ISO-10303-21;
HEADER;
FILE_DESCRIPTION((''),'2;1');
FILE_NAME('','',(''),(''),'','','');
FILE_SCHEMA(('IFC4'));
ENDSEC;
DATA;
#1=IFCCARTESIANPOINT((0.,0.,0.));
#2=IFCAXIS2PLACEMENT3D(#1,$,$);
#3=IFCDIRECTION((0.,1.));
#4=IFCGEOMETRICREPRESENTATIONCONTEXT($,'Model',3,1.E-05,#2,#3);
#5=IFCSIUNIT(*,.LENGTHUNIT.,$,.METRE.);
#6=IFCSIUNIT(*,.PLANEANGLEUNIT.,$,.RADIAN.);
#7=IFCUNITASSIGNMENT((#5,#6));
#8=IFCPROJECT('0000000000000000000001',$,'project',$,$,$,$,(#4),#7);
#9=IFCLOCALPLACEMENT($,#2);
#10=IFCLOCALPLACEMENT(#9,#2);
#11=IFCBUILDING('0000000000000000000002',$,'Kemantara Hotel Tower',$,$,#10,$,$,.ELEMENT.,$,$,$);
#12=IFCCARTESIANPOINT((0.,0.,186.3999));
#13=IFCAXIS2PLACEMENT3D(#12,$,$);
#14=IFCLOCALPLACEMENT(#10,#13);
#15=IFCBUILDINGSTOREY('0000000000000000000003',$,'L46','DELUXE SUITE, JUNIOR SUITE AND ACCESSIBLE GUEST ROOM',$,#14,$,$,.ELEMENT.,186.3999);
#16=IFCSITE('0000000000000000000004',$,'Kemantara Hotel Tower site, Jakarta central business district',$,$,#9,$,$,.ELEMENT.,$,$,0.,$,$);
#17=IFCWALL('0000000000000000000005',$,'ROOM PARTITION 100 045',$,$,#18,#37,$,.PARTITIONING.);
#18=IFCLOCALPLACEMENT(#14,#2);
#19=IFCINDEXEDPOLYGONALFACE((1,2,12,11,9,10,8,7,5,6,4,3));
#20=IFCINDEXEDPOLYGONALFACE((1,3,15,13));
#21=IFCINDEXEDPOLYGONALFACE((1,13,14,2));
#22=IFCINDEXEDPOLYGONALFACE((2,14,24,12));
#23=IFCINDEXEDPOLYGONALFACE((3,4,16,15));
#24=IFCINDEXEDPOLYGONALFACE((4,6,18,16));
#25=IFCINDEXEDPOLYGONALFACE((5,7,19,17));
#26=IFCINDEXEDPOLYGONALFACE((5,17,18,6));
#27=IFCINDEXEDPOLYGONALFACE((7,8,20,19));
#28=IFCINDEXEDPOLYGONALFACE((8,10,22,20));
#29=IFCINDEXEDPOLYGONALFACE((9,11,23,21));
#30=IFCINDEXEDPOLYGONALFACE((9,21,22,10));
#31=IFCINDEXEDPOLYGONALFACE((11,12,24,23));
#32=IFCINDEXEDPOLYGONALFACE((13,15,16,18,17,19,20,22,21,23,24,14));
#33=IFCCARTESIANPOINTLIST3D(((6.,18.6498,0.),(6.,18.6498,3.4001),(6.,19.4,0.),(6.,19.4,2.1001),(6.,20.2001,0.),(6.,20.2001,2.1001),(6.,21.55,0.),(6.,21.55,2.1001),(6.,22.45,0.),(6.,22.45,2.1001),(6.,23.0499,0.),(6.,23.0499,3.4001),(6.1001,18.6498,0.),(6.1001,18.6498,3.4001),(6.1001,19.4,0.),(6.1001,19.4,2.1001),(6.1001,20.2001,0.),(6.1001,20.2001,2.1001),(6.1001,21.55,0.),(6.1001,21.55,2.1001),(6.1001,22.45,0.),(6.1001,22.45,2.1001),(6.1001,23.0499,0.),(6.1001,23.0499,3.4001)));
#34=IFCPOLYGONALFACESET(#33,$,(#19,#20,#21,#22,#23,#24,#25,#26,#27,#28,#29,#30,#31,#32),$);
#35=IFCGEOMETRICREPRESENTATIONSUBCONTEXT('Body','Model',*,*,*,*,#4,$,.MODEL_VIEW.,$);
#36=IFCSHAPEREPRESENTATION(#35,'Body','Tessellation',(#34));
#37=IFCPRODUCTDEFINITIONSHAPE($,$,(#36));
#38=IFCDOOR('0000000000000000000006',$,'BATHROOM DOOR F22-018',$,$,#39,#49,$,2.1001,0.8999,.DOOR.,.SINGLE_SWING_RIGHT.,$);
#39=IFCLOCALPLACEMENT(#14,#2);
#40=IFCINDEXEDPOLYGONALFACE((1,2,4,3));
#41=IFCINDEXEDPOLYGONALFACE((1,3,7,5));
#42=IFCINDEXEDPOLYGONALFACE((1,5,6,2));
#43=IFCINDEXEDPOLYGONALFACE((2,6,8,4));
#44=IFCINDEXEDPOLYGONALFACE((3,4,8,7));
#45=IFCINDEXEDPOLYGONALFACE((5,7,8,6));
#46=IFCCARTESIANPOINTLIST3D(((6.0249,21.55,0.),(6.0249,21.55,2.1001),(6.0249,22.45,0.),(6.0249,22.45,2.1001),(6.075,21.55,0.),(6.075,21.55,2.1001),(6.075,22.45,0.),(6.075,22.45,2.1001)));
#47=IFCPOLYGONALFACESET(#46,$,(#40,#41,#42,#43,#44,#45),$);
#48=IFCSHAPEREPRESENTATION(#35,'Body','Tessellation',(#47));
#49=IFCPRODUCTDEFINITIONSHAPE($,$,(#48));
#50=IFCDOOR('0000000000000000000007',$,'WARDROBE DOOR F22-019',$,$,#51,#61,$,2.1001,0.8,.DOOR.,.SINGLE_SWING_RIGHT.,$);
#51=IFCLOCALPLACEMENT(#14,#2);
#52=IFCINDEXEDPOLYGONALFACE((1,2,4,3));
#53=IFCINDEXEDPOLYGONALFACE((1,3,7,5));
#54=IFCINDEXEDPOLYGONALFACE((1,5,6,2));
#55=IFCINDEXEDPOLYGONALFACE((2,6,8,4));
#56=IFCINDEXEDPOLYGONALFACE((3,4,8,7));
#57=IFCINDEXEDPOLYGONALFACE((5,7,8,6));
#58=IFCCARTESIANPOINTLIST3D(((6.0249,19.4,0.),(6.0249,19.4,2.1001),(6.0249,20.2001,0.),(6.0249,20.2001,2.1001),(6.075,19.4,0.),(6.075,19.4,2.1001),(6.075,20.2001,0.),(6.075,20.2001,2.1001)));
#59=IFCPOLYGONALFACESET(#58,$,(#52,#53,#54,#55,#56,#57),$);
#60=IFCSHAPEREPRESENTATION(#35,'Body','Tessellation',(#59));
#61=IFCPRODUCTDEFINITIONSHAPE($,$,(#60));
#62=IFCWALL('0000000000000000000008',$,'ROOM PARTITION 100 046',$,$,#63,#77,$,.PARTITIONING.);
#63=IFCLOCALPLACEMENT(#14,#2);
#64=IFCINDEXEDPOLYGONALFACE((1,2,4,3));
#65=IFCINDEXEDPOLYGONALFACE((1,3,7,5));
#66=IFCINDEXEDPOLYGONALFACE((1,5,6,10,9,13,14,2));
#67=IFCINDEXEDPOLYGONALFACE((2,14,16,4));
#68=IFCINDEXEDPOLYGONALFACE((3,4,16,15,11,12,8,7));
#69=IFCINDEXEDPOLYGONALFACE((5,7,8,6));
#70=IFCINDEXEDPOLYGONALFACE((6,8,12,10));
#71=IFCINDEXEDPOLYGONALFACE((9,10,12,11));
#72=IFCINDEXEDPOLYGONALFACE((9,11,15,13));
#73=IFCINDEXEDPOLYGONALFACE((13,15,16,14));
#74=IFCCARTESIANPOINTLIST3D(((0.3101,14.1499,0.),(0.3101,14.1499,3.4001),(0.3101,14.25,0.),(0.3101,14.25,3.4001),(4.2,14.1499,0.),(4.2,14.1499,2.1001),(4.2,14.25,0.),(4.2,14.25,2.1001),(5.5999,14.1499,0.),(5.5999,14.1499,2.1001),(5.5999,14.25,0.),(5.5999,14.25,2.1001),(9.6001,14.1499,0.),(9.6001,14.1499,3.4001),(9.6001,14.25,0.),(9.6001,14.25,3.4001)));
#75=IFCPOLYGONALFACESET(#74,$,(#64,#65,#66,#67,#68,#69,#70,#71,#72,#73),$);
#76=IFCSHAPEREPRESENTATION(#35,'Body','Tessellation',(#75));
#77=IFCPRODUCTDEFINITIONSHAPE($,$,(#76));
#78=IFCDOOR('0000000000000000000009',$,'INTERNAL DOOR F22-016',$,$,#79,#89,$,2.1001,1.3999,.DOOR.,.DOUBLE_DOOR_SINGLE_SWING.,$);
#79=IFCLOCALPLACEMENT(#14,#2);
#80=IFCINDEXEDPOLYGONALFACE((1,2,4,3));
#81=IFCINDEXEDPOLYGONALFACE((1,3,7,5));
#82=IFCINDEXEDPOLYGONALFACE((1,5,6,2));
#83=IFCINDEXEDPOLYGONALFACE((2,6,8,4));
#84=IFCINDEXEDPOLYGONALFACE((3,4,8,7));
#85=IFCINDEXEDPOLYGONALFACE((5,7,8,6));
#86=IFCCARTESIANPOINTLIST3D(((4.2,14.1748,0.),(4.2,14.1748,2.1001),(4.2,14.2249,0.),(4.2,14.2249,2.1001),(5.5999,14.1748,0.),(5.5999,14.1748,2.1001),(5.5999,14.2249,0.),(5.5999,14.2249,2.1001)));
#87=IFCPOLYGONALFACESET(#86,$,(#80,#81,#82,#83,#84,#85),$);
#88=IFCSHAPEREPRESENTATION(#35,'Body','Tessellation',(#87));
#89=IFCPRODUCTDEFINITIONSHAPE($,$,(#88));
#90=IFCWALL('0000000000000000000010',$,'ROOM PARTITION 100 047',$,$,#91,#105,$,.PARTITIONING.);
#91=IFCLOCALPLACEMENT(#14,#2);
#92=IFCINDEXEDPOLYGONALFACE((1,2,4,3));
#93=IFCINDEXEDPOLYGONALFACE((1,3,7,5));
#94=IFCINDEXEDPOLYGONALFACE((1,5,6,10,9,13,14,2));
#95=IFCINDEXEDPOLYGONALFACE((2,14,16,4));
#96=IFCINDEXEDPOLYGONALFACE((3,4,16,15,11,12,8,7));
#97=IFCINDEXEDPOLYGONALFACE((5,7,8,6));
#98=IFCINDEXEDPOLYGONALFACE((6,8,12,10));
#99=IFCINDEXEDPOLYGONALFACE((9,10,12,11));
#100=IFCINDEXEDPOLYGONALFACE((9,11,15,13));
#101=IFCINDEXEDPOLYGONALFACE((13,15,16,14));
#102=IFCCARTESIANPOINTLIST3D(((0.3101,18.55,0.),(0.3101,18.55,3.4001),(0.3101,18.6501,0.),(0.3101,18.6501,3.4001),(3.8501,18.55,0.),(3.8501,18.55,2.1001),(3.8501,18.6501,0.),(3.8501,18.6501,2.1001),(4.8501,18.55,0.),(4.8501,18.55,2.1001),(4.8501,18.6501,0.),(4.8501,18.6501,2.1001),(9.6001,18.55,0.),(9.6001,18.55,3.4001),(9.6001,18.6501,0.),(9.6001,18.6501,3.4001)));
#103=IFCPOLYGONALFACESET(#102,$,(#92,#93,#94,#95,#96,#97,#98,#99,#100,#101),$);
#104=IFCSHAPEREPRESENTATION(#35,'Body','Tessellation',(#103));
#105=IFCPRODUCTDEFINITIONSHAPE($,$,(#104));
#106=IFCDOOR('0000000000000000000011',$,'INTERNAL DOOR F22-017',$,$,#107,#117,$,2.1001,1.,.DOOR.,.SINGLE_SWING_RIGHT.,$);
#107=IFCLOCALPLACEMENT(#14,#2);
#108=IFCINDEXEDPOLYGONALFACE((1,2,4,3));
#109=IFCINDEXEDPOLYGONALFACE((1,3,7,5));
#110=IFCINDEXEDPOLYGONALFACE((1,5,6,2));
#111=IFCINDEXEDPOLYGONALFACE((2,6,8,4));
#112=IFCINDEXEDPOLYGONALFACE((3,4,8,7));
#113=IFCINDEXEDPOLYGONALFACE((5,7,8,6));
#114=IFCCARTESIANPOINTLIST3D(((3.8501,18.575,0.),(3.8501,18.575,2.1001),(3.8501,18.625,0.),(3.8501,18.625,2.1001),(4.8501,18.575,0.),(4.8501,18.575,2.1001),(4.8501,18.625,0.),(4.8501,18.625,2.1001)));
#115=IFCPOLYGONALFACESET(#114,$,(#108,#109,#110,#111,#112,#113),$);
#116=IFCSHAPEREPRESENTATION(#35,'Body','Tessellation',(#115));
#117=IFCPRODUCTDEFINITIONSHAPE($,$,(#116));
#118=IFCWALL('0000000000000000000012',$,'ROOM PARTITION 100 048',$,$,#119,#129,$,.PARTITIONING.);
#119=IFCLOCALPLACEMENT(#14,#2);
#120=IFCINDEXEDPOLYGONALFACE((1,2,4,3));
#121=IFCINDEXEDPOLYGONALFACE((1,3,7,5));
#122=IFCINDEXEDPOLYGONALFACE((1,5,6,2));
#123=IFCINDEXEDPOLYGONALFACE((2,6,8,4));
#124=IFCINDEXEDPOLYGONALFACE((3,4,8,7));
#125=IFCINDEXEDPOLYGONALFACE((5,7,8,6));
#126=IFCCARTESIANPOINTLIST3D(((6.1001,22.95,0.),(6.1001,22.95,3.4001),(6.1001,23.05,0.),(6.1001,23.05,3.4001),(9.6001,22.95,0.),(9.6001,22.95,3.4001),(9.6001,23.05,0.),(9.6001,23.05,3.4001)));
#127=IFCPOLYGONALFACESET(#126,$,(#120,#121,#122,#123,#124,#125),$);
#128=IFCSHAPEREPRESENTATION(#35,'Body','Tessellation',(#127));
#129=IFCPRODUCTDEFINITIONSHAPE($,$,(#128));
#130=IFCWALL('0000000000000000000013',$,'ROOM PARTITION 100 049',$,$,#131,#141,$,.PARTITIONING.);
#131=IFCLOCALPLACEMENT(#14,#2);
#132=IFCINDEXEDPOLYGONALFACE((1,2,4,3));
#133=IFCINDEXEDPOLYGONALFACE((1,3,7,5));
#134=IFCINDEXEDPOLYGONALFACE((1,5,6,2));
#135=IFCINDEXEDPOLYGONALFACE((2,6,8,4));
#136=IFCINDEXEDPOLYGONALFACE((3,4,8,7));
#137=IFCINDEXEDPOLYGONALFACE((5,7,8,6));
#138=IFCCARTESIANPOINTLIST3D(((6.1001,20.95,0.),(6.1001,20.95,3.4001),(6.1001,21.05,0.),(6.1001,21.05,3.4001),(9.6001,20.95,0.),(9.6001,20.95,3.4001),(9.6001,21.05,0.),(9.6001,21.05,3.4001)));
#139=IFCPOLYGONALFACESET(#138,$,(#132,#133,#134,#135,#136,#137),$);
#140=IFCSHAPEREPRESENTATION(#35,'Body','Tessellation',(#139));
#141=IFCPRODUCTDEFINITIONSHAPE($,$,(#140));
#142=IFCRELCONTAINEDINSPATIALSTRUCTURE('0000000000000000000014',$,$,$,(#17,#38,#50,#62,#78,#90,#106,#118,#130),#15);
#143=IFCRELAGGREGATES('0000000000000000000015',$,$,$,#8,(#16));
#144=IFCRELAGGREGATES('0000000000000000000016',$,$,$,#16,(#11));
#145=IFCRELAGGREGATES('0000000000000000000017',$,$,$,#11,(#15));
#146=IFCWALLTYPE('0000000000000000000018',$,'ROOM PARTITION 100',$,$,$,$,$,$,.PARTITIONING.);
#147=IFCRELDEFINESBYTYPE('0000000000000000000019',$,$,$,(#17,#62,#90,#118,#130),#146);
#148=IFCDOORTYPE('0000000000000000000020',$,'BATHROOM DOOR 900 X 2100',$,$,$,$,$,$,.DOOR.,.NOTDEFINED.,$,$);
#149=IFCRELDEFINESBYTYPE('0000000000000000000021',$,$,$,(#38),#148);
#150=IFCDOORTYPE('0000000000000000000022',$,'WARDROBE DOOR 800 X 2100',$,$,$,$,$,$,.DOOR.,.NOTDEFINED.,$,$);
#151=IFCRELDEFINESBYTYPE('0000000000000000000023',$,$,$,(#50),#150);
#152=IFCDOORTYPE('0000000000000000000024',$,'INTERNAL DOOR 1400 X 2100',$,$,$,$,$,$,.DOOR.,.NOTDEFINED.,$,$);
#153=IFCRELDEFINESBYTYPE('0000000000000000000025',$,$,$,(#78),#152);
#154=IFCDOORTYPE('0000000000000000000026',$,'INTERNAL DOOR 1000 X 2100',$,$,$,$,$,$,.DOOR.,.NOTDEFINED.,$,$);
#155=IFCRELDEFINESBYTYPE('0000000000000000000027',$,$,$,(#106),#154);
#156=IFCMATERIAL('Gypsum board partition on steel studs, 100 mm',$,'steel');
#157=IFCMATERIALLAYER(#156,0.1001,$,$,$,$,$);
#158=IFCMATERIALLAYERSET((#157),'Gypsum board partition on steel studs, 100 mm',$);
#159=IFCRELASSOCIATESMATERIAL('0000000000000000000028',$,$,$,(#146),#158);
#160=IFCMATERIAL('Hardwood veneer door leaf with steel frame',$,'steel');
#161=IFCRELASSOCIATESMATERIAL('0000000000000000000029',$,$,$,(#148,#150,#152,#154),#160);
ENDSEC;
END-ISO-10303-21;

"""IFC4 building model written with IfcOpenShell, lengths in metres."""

from ifc_helpers import new_model, si_unit, direction, frame, frame_2d, origin, place, context, subcontext, project, spatial, rectangle, extrude, material, layer, layer_set, type_object, element, fill, save


model = new_model("IFC4")

# Units and contexts
model_context = context("Model", 3, precision=1e-05, world=origin(), true_north=direction((0.0, 1.0)))
body_context = subcontext(model_context, "Body", "Model", "MODEL_VIEW")
ifc_project = project(units=[si_unit("LENGTHUNIT", "METRE"), si_unit("PLANEANGLEUNIT", "RADIAN")], contexts=[model_context])

# Site, building, storey
site_placement = place(None, origin())
site = spatial("IfcSite", under=ifc_project, at=site_placement, Name="Kemantara Hotel Tower site, Jakarta central business district", CompositionType="ELEMENT", RefElevation=0.0)
building_placement = place(site_placement, origin())
building = spatial("IfcBuilding", under=site, at=building_placement, Name="Kemantara Hotel Tower", CompositionType="ELEMENT")
storey_placement = place(building_placement, frame((0.0, 0.0, 186.3999)))
storey = spatial("IfcBuildingStorey", under=building, at=storey_placement, Name="L46", Description="DELUXE SUITE, JUNIOR SUITE AND ACCESSIBLE GUEST ROOM", CompositionType="ELEMENT", Elevation=186.3999)

# Wall, openings, doors
ifc_material_1 = material(Name="Gypsum board partition on steel studs, 100 mm", Category="steel")
ifc_layer_1 = layer(ifc_material_1, 0.1001)
ifc_layer_set_1 = layer_set([ifc_layer_1], Name="Gypsum board partition on steel studs, 100 mm")
wall_type_1 = type_object("IfcWallType", Name="ROOM PARTITION 100", PredefinedType="PARTITIONING", material=ifc_layer_set_1)
wall_1_placement = place(storey_placement, frame((6.05, 23.05, 0.0), z_axis=(0.0, 0.0, 1.0), x_axis=(0.0, -1.0, 0.0)))
wall_1 = element("IfcWall", 1, at=wall_1_placement, inside=storey, type_object=wall_type_1, Name="ROOM PARTITION 100 045", PredefinedType="PARTITIONING", context=body_context, shape_type="SweptSolid", body=[
    extrude(rectangle(XDim=4.4001, YDim=0.1001, at=frame_2d((2.2002, 0.0))), origin(), (0.0, 0.0, 1.0), 3.4001),
])
opening_1_placement = place(wall_1_placement, frame((0.6001, 0.0, 0.0)))
opening_1 = element("IfcOpeningElement", 2, at=opening_1_placement, cuts=wall_1, PredefinedType="OPENING", context=body_context, shape_type="SweptSolid", body=[
    extrude(rectangle(XDim=0.8999, YDim=2.1001, at=frame_2d((0.45, 1.05))), frame((0.0, 0.0601, 0.0), z_axis=(0.0, -1.0, 0.0), x_axis=(1.0, 0.0, 0.0)), (0.0, 0.0, 1.0), 0.1201),
])
opening_2_placement = place(wall_1_placement, frame((2.8501, 0.0, 0.0)))
opening_2 = element("IfcOpeningElement", 3, at=opening_2_placement, cuts=wall_1, PredefinedType="OPENING", context=body_context, shape_type="SweptSolid", body=[
    extrude(rectangle(XDim=0.8, YDim=2.1001, at=frame_2d((0.3999, 1.05))), frame((0.0, 0.0601, 0.0), z_axis=(0.0, -1.0, 0.0), x_axis=(1.0, 0.0, 0.0)), (0.0, 0.0, 1.0), 0.1201),
])
ifc_material_2 = material(Name="Hardwood veneer door leaf with steel frame", Category="steel")
door_type_1 = type_object("IfcDoorType", Name="BATHROOM DOOR 900 X 2100", OperationType="NOTDEFINED", PredefinedType="DOOR", material=ifc_material_2)
door_1_placement = place(opening_1_placement, origin())
door_1 = element("IfcDoor", 4, at=door_1_placement, inside=storey, type_object=door_type_1, Name="BATHROOM DOOR F22-018", OperationType="SINGLE_SWING_RIGHT", OverallHeight=2.1001, OverallWidth=0.8999, PredefinedType="DOOR", context=body_context, shape_type="SweptSolid", body=[
    extrude(rectangle(XDim=0.8999, YDim=2.1001, at=frame_2d((0.45, 1.05))), frame((0.0, 0.0249, 0.0), z_axis=(0.0, -1.0, 0.0), x_axis=(1.0, 0.0, 0.0)), (0.0, 0.0, 1.0), 0.05),
])
fill(opening_1, door_1)
door_type_2 = type_object("IfcDoorType", Name="WARDROBE DOOR 800 X 2100", OperationType="NOTDEFINED", PredefinedType="DOOR", material=ifc_material_2)
door_2_placement = place(opening_2_placement, origin())
door_2 = element("IfcDoor", 5, at=door_2_placement, inside=storey, type_object=door_type_2, Name="WARDROBE DOOR F22-019", OperationType="SINGLE_SWING_RIGHT", OverallHeight=2.1001, OverallWidth=0.8, PredefinedType="DOOR", context=body_context, shape_type="SweptSolid", body=[
    extrude(rectangle(XDim=0.8, YDim=2.1001, at=frame_2d((0.3999, 1.05))), frame((0.0, 0.0249, 0.0), z_axis=(0.0, -1.0, 0.0), x_axis=(1.0, 0.0, 0.0)), (0.0, 0.0, 1.0), 0.05),
])
fill(opening_2, door_2)

# Walls, openings, doors
wall_2_placement = place(storey_placement, frame((0.3101, 14.2, 0.0), z_axis=(0.0, 0.0, 1.0), x_axis=(1.0, 0.0, 0.0)))
wall_2 = element("IfcWall", 6, at=wall_2_placement, inside=storey, type_object=wall_type_1, Name="ROOM PARTITION 100 046", PredefinedType="PARTITIONING", context=body_context, shape_type="SweptSolid", body=[
    extrude(rectangle(XDim=9.29, YDim=0.1001, at=frame_2d((4.645, 0.0))), origin(), (0.0, 0.0, 1.0), 3.4001),
])
opening_3_placement = place(wall_2_placement, frame((3.8899, 0.0, 0.0)))
opening_3 = element("IfcOpeningElement", 7, at=opening_3_placement, cuts=wall_2, PredefinedType="OPENING", context=body_context, shape_type="SweptSolid", body=[
    extrude(rectangle(XDim=1.3999, YDim=2.1001, at=frame_2d((0.7, 1.05))), frame((0.0, 0.0601, 0.0), z_axis=(0.0, -1.0, 0.0), x_axis=(1.0, 0.0, 0.0)), (0.0, 0.0, 1.0), 0.1201),
])
door_type_3 = type_object("IfcDoorType", Name="INTERNAL DOOR 1400 X 2100", OperationType="NOTDEFINED", PredefinedType="DOOR", material=ifc_material_2)
door_3_placement = place(opening_3_placement, origin())
door_3 = element("IfcDoor", 8, at=door_3_placement, inside=storey, type_object=door_type_3, Name="INTERNAL DOOR F22-016", OperationType="DOUBLE_DOOR_SINGLE_SWING", OverallHeight=2.1001, OverallWidth=1.3999, PredefinedType="DOOR", context=body_context, shape_type="SweptSolid", body=[
    extrude(rectangle(XDim=1.3999, YDim=2.1001, at=frame_2d((0.7, 1.05))), frame((0.0, 0.0249, 0.0), z_axis=(0.0, -1.0, 0.0), x_axis=(1.0, 0.0, 0.0)), (0.0, 0.0, 1.0), 0.05),
])
fill(opening_3, door_3)
wall_3_placement = place(storey_placement, frame((0.3101, 18.6001, 0.0), z_axis=(0.0, 0.0, 1.0), x_axis=(1.0, 0.0, 0.0)))
wall_3 = element("IfcWall", 9, at=wall_3_placement, inside=storey, type_object=wall_type_1, Name="ROOM PARTITION 100 047", PredefinedType="PARTITIONING", context=body_context, shape_type="SweptSolid", body=[
    extrude(rectangle(XDim=9.29, YDim=0.1001, at=frame_2d((4.645, 0.0))), origin(), (0.0, 0.0, 1.0), 3.4001),
])
opening_4_placement = place(wall_3_placement, frame((3.54, 0.0, 0.0)))
opening_4 = element("IfcOpeningElement", 10, at=opening_4_placement, cuts=wall_3, PredefinedType="OPENING", context=body_context, shape_type="SweptSolid", body=[
    extrude(rectangle(XDim=1.0, YDim=2.1001, at=frame_2d((0.5, 1.05))), frame((0.0, 0.0601, 0.0), z_axis=(0.0, -1.0, 0.0), x_axis=(1.0, 0.0, 0.0)), (0.0, 0.0, 1.0), 0.1201),
])
door_type_4 = type_object("IfcDoorType", Name="INTERNAL DOOR 1000 X 2100", OperationType="NOTDEFINED", PredefinedType="DOOR", material=ifc_material_2)
door_4_placement = place(opening_4_placement, origin())
door_4 = element("IfcDoor", 11, at=door_4_placement, inside=storey, type_object=door_type_4, Name="INTERNAL DOOR F22-017", OperationType="SINGLE_SWING_RIGHT", OverallHeight=2.1001, OverallWidth=1.0, PredefinedType="DOOR", context=body_context, shape_type="SweptSolid", body=[
    extrude(rectangle(XDim=1.0, YDim=2.1001, at=frame_2d((0.5, 1.05))), frame((0.0, 0.0249, 0.0), z_axis=(0.0, -1.0, 0.0), x_axis=(1.0, 0.0, 0.0)), (0.0, 0.0, 1.0), 0.05),
])
fill(opening_4, door_4)

# Walls
for number, where, z_axis, x_axis, name in (
    (12, (6.1001, 23.0, 0.0), (0.0, 0.0, 1.0), (1.0, 0.0, 0.0), "ROOM PARTITION 100 048"),
    (13, (6.1001, 21.0, 0.0), (0.0, 0.0, 1.0), (1.0, 0.0, 0.0), "ROOM PARTITION 100 049"),
):
    element("IfcWall", number, at=place(storey_placement, frame(where, z_axis=z_axis, x_axis=x_axis)), inside=storey, type_object=wall_type_1, Name=name, PredefinedType="PARTITIONING", context=body_context, shape_type="SweptSolid", body=[
        extrude(rectangle(XDim=3.5, YDim=0.1001, at=frame_2d((1.75, 0.0))), origin(), (0.0, 0.0, 1.0), 3.4001),
    ])

save(model, "model.ifc")
